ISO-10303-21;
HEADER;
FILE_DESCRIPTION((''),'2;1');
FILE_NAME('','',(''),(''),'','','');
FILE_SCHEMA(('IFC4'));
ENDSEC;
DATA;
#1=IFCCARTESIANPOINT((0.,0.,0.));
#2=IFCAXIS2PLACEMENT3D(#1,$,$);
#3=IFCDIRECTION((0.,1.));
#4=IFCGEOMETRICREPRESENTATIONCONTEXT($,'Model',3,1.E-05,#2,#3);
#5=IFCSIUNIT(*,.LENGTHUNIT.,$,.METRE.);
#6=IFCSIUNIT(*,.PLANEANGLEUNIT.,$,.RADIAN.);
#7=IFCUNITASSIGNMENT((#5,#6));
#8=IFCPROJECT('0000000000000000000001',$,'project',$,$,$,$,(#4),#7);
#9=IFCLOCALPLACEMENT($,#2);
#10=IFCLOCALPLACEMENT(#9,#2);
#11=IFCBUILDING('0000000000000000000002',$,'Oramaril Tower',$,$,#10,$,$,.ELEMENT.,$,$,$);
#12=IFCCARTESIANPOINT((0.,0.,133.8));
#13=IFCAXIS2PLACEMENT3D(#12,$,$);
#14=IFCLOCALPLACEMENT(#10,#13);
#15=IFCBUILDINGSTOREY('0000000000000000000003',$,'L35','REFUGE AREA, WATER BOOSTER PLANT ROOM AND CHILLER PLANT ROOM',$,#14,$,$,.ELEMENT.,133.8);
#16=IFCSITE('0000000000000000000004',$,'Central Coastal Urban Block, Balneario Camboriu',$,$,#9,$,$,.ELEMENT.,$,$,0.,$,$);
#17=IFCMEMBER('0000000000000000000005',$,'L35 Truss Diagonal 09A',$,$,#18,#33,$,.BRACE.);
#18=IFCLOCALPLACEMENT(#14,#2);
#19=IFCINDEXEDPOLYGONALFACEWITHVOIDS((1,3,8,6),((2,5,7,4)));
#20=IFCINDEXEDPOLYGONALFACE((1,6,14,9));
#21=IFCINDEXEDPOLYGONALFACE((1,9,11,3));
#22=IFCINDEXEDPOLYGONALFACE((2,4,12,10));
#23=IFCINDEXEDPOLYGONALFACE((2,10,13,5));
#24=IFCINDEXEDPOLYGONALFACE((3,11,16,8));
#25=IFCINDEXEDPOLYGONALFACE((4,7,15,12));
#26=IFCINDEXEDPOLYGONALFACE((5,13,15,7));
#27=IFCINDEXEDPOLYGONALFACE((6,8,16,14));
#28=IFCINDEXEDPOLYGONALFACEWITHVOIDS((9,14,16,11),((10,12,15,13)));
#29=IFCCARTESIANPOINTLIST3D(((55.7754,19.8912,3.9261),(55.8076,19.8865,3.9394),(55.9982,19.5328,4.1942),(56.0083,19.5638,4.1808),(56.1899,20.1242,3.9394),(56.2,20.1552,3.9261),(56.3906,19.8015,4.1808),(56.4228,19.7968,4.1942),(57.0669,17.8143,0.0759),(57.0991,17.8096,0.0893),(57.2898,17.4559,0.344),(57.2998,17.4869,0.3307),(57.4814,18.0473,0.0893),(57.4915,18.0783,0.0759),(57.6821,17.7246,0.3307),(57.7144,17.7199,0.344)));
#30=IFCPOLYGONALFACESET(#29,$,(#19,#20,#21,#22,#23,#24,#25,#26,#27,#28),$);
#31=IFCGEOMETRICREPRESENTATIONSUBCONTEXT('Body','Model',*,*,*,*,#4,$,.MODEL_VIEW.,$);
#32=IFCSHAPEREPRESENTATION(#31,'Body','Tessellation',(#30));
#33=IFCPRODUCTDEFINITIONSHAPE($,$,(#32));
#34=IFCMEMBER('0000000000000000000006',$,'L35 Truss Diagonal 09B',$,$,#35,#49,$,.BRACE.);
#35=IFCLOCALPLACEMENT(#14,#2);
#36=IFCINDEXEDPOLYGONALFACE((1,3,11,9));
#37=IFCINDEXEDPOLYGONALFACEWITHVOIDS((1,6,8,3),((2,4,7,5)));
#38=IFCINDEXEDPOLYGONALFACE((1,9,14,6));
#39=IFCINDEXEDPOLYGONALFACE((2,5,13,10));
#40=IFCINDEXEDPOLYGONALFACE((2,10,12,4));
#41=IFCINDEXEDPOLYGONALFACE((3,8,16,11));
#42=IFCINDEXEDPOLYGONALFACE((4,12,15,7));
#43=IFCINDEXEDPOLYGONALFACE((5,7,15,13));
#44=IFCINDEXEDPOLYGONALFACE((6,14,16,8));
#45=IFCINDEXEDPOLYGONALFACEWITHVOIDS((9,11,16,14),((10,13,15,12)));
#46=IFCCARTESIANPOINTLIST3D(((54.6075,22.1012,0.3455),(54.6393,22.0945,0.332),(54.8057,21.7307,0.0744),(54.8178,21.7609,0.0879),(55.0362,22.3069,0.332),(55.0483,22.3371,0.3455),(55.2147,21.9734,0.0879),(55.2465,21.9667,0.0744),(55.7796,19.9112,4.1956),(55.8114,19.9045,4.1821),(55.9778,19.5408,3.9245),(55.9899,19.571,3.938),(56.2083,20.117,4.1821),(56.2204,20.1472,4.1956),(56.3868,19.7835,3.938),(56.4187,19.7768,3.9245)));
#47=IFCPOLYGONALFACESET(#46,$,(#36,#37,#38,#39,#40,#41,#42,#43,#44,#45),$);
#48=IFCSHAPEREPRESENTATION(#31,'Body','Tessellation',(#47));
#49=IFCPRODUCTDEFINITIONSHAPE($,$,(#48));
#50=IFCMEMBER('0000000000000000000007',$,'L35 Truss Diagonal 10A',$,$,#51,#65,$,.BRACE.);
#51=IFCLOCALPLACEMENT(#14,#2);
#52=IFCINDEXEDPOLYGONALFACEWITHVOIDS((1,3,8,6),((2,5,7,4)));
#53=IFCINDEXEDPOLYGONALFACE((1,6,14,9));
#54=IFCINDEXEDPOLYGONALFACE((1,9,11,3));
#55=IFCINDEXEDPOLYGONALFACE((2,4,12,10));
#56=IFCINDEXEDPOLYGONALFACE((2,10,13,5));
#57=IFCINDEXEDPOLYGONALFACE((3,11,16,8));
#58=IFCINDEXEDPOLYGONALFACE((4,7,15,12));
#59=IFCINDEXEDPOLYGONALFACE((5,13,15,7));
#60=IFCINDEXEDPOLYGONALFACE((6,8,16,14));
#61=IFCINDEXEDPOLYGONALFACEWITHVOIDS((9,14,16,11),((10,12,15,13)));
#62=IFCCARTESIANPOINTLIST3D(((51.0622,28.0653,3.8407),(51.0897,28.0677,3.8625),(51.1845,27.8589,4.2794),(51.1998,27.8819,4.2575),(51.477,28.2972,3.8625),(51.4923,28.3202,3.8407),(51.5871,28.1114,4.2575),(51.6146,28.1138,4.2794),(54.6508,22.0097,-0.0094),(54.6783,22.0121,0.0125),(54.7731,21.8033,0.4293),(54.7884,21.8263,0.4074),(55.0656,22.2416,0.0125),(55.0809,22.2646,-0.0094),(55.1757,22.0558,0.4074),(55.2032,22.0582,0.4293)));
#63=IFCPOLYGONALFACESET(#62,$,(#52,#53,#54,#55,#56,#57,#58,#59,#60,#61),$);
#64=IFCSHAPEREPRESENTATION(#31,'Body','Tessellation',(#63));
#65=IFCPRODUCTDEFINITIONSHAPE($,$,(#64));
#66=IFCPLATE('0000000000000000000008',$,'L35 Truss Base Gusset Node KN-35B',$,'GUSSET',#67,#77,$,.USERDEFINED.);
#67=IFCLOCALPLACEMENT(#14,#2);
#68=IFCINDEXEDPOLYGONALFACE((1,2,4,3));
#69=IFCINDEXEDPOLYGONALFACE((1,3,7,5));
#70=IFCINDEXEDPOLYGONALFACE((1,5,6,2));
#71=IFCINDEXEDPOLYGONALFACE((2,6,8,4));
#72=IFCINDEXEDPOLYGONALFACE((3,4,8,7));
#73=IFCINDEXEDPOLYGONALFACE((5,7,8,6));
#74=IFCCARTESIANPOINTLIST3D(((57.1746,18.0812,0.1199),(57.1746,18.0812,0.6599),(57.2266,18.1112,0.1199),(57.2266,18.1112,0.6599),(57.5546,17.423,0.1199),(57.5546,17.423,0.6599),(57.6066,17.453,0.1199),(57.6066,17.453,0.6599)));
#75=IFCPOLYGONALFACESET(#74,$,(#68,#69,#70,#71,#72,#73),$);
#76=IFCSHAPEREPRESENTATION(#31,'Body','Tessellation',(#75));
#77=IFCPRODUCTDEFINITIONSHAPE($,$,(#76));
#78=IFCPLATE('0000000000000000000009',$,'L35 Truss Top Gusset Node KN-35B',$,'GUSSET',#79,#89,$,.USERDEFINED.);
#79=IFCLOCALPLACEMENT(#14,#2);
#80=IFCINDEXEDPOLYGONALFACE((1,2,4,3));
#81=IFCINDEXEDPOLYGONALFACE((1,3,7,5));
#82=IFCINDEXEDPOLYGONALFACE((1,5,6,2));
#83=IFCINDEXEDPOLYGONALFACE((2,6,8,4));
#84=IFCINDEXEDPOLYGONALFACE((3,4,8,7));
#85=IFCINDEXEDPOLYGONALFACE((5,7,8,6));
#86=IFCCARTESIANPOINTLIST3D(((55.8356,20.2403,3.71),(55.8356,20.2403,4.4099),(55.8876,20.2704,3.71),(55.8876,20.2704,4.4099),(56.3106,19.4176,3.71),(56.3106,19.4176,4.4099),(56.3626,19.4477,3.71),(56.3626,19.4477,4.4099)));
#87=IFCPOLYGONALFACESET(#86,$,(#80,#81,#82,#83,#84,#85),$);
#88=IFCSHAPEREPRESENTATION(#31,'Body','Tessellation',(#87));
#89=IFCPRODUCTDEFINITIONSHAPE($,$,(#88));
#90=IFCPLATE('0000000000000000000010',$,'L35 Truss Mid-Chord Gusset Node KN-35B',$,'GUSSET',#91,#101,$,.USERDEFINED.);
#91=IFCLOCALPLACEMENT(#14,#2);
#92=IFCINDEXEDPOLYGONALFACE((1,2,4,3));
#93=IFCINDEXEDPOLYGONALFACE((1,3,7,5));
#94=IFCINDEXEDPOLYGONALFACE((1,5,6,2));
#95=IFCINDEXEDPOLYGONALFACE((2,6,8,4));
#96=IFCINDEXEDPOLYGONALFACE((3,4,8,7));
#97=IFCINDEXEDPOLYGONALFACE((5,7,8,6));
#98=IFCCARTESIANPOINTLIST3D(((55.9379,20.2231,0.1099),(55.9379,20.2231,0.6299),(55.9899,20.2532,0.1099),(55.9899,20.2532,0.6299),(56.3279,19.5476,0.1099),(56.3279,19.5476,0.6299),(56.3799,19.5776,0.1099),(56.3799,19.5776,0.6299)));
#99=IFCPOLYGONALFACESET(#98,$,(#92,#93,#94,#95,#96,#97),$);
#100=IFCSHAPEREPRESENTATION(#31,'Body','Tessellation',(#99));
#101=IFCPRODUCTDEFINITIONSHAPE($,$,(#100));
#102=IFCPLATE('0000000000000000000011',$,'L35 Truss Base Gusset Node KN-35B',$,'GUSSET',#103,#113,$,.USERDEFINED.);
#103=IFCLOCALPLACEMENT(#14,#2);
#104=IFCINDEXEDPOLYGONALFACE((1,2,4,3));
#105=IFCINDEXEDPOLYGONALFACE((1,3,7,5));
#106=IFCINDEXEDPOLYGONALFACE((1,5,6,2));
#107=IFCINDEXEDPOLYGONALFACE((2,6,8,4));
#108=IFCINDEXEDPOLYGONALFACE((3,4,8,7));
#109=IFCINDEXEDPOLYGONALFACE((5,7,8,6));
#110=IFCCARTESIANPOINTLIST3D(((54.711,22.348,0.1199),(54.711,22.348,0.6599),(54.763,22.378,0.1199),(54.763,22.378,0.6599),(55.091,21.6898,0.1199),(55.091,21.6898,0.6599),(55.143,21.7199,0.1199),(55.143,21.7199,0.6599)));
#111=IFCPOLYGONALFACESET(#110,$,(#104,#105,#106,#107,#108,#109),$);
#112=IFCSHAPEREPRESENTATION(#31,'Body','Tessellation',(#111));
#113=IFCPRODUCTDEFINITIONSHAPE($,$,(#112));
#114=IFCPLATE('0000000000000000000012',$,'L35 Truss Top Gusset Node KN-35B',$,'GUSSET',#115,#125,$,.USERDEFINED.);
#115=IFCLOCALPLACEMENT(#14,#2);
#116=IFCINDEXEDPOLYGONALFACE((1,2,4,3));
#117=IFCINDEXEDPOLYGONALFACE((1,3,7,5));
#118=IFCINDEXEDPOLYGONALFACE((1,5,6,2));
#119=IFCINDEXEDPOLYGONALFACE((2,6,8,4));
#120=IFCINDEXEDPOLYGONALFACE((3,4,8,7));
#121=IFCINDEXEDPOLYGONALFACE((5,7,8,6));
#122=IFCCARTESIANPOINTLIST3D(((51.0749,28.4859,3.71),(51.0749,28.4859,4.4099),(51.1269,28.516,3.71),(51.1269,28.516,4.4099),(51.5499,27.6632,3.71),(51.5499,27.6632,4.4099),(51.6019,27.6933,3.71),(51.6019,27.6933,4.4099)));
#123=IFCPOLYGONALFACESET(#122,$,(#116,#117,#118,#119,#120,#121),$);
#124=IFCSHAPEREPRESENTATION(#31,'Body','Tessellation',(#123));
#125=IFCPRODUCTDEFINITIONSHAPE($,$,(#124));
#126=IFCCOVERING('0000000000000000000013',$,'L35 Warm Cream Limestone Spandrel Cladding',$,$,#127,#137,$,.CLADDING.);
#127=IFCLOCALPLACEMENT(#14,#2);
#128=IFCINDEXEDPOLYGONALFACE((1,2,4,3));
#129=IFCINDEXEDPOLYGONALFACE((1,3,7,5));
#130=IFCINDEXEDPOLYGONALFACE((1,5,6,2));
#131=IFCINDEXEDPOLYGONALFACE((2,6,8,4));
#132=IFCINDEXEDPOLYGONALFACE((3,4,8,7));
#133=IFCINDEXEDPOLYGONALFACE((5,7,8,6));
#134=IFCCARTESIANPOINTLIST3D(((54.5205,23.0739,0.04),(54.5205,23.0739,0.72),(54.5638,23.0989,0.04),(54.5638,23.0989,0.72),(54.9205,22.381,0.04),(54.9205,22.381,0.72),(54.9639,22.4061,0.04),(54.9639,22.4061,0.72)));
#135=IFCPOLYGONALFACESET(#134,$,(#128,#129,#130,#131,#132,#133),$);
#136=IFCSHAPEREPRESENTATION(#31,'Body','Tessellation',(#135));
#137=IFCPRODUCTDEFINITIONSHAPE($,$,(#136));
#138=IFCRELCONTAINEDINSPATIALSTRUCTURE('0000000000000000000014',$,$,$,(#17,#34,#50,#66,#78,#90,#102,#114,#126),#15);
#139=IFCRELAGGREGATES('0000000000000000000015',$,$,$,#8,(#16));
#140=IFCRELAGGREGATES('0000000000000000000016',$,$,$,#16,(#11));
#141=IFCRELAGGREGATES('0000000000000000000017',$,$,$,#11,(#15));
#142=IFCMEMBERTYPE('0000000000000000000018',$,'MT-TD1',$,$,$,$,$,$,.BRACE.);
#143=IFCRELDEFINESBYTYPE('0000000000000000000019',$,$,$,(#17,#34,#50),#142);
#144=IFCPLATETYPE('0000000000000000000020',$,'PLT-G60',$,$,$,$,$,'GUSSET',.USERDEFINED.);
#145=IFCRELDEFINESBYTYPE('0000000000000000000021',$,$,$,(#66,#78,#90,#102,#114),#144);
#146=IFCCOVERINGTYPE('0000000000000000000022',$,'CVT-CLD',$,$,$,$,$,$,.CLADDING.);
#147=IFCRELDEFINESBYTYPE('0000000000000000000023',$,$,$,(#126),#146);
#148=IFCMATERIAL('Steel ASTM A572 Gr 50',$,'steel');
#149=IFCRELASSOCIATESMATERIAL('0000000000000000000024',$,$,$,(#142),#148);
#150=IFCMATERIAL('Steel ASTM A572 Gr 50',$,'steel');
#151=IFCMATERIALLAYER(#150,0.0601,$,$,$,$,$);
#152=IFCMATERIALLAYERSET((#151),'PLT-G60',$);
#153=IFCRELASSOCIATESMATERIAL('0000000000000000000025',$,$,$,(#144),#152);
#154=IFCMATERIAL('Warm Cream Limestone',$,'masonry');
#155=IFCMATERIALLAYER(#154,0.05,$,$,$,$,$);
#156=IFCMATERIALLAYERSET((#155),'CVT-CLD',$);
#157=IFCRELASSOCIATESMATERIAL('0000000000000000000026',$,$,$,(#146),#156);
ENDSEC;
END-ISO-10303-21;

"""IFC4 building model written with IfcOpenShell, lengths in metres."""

from ifc_helpers import new_model, si_unit, direction, frame, origin, origin_2d, place, context, subcontext, project, spatial, rectangle, hollow_rectangle, extrude, material, layer, layer_set, material_profile, profile_set, type_object, element, save


model = new_model("IFC4")

# Units and contexts
model_context = context("Model", 3, precision=1e-05, world=origin(), true_north=direction((0.0, 1.0)))
body_context = subcontext(model_context, "Body", "Model", "MODEL_VIEW")
ifc_project = project(units=[si_unit("LENGTHUNIT", "METRE"), si_unit("PLANEANGLEUNIT", "RADIAN")], contexts=[model_context])

# Site, building, storey
site_placement = place(None, origin())
site = spatial("IfcSite", under=ifc_project, at=site_placement, Name="Central Coastal Urban Block, Balneario Camboriu", CompositionType="ELEMENT", RefElevation=0.0)
building_placement = place(site_placement, origin())
building = spatial("IfcBuilding", under=site, at=building_placement, Name="Oramaril Tower", CompositionType="ELEMENT")
storey_placement = place(building_placement, frame((0.0, 0.0, 133.8)))
storey = spatial("IfcBuildingStorey", under=building, at=storey_placement, Name="L35", Description="REFUGE AREA, WATER BOOSTER PLANT ROOM AND CHILLER PLANT ROOM", CompositionType="ELEMENT", Elevation=133.8)

# Members
ifc_material_1 = material(Name="Steel ASTM A572 Gr 50", Category="steel")
ifc_material_profile_1 = material_profile(ifc_material_1, hollow_rectangle(XDim=0.5, YDim=0.5, WallThickness=0.0249, at=origin_2d()), Name="HSS500X500X25")
ifc_profile_set_1 = profile_set([ifc_material_profile_1], Name="Steel ASTM A572 Gr 50")
member_type_1 = type_object("IfcMemberType", Name="MT-TD1", PredefinedType="BRACE", material=ifc_profile_set_1)
member_1_placement = place(storey_placement, frame((57.3906, 17.7671, 0.21), z_axis=(-0.283149, 0.455339, 0.844093), x_axis=(-0.849202, -0.528068, 0.0)))
element("IfcMember", 1, at=member_1_placement, inside=storey, type_object=member_type_1, Name="L35 Truss Diagonal 09A", PredefinedType="BRACE", context=body_context, shape_type="SweptSolid", body=[
    extrude(hollow_rectangle(XDim=0.5, YDim=0.5, WallThickness=0.0249, at=origin_2d()), origin(), (0.0, 0.0, 1.0), 4.5613),
])
member_2_placement = place(storey_placement, frame((54.927, 22.0339, 0.21), z_axis=(0.25582, -0.477965, 0.840301), x_axis=(0.881658, 0.471889, 0.0)))
element("IfcMember", 2, at=member_2_placement, inside=storey, type_object=member_type_1, Name="L35 Truss Diagonal 09B", PredefinedType="BRACE", context=body_context, shape_type="SweptSolid", body=[
    extrude(hollow_rectangle(XDim=0.5, YDim=0.5, WallThickness=0.0249, at=origin_2d()), origin(), (0.0, 0.0, 1.0), 4.5818),
])
member_3_placement = place(storey_placement, frame((54.927, 22.0339, 0.21), z_axis=(-0.447278, 0.754765, 0.479868), x_axis=(-0.860286, -0.509811, 0.0)))
element("IfcMember", 3, at=member_3_placement, inside=storey, type_object=member_type_1, Name="L35 Truss Diagonal 10A", PredefinedType="BRACE", context=body_context, shape_type="SweptSolid", body=[
    extrude(hollow_rectangle(XDim=0.5, YDim=0.5, WallThickness=0.0249, at=origin_2d()), origin(), (0.0, 0.0, 1.0), 8.0232),
])

# Plates
ifc_material_2 = material(Name="Steel ASTM A572 Gr 50", Category="steel")
ifc_layer_1 = layer(ifc_material_2, 0.0601)
ifc_layer_set_1 = layer_set([ifc_layer_1], Name="PLT-G60")
plate_type = type_object("IfcPlateType", Name="PLT-G60", ElementType="GUSSET", PredefinedType="USERDEFINED", material=ifc_layer_set_1)
plate_1_placement = place(storey_placement, frame((57.3906, 17.7671, 0.1199), z_axis=(0.0, 0.0, 1.0), x_axis=(-0.500008, 0.866021, 0.0)))
element("IfcPlate", 4, at=plate_1_placement, inside=storey, type_object=plate_type, Name="L35 Truss Base Gusset Node KN-35B", ObjectType="GUSSET", PredefinedType="USERDEFINED", context=body_context, shape_type="SweptSolid", body=[
    extrude(rectangle(XDim=0.76, YDim=0.0601, at=origin_2d()), origin(), (0.0, 0.0, 1.0), 0.54),
])
plate_2_placement = place(storey_placement, frame((56.0991, 19.844, 3.71), z_axis=(0.0, 0.0, 1.0), x_axis=(-0.499992, 0.86603, 0.0)))
element("IfcPlate", 5, at=plate_2_placement, inside=storey, type_object=plate_type, Name="L35 Truss Top Gusset Node KN-35B", ObjectType="GUSSET", PredefinedType="USERDEFINED", context=body_context, shape_type="SweptSolid", body=[
    extrude(rectangle(XDim=0.95, YDim=0.0601, at=origin_2d()), origin(), (0.0, 0.0, 1.0), 0.7),
])
plate_3_placement = place(storey_placement, frame((56.1589, 19.9004, 0.1099), z_axis=(0.0, 0.0, 1.0), x_axis=(-0.499992, 0.86603, 0.0)))
element("IfcPlate", 6, at=plate_3_placement, inside=storey, type_object=plate_type, Name="L35 Truss Mid-Chord Gusset Node KN-35B", ObjectType="GUSSET", PredefinedType="USERDEFINED", context=body_context, shape_type="SweptSolid", body=[
    extrude(rectangle(XDim=0.78, YDim=0.0601, at=origin_2d()), origin(), (0.0, 0.0, 1.0), 0.52),
])
plate_4_placement = place(storey_placement, frame((54.927, 22.0339, 0.1199), z_axis=(0.0, 0.0, 1.0), x_axis=(-0.499992, 0.86603, 0.0)))
element("IfcPlate", 7, at=plate_4_placement, inside=storey, type_object=plate_type, Name="L35 Truss Base Gusset Node KN-35B", ObjectType="GUSSET", PredefinedType="USERDEFINED", context=body_context, shape_type="SweptSolid", body=[
    extrude(rectangle(XDim=0.76, YDim=0.0601, at=origin_2d()), origin(), (0.0, 0.0, 1.0), 0.54),
])
plate_5_placement = place(storey_placement, frame((51.3384, 28.0896, 3.71), z_axis=(0.0, 0.0, 1.0), x_axis=(-0.500003, 0.866024, 0.0)))
element("IfcPlate", 8, at=plate_5_placement, inside=storey, type_object=plate_type, Name="L35 Truss Top Gusset Node KN-35B", ObjectType="GUSSET", PredefinedType="USERDEFINED", context=body_context, shape_type="SweptSolid", body=[
    extrude(rectangle(XDim=0.95, YDim=0.0601, at=origin_2d()), origin(), (0.0, 0.0, 1.0), 0.7),
])

# Covering
ifc_material_3 = material(Name="Warm Cream Limestone", Category="masonry")
ifc_layer_2 = layer(ifc_material_3, 0.05)
ifc_layer_set_2 = layer_set([ifc_layer_2], Name="CVT-CLD")
covering_type = type_object("IfcCoveringType", Name="CVT-CLD", PredefinedType="CLADDING", material=ifc_layer_set_2)
covering_placement = place(storey_placement, frame((54.7422, 22.74, 0.04), z_axis=(0.0, 0.0, 1.0), x_axis=(-0.500002, 0.866025, 0.0)))
element("IfcCovering", 9, at=covering_placement, inside=storey, type_object=covering_type, Name="L35 Warm Cream Limestone Spandrel Cladding", PredefinedType="CLADDING", context=body_context, shape_type="SweptSolid", body=[
    extrude(rectangle(XDim=0.8, YDim=0.05, at=origin_2d()), origin(), (0.0, 0.0, 1.0), 0.6799),
])

save(model, "model.ifc")
